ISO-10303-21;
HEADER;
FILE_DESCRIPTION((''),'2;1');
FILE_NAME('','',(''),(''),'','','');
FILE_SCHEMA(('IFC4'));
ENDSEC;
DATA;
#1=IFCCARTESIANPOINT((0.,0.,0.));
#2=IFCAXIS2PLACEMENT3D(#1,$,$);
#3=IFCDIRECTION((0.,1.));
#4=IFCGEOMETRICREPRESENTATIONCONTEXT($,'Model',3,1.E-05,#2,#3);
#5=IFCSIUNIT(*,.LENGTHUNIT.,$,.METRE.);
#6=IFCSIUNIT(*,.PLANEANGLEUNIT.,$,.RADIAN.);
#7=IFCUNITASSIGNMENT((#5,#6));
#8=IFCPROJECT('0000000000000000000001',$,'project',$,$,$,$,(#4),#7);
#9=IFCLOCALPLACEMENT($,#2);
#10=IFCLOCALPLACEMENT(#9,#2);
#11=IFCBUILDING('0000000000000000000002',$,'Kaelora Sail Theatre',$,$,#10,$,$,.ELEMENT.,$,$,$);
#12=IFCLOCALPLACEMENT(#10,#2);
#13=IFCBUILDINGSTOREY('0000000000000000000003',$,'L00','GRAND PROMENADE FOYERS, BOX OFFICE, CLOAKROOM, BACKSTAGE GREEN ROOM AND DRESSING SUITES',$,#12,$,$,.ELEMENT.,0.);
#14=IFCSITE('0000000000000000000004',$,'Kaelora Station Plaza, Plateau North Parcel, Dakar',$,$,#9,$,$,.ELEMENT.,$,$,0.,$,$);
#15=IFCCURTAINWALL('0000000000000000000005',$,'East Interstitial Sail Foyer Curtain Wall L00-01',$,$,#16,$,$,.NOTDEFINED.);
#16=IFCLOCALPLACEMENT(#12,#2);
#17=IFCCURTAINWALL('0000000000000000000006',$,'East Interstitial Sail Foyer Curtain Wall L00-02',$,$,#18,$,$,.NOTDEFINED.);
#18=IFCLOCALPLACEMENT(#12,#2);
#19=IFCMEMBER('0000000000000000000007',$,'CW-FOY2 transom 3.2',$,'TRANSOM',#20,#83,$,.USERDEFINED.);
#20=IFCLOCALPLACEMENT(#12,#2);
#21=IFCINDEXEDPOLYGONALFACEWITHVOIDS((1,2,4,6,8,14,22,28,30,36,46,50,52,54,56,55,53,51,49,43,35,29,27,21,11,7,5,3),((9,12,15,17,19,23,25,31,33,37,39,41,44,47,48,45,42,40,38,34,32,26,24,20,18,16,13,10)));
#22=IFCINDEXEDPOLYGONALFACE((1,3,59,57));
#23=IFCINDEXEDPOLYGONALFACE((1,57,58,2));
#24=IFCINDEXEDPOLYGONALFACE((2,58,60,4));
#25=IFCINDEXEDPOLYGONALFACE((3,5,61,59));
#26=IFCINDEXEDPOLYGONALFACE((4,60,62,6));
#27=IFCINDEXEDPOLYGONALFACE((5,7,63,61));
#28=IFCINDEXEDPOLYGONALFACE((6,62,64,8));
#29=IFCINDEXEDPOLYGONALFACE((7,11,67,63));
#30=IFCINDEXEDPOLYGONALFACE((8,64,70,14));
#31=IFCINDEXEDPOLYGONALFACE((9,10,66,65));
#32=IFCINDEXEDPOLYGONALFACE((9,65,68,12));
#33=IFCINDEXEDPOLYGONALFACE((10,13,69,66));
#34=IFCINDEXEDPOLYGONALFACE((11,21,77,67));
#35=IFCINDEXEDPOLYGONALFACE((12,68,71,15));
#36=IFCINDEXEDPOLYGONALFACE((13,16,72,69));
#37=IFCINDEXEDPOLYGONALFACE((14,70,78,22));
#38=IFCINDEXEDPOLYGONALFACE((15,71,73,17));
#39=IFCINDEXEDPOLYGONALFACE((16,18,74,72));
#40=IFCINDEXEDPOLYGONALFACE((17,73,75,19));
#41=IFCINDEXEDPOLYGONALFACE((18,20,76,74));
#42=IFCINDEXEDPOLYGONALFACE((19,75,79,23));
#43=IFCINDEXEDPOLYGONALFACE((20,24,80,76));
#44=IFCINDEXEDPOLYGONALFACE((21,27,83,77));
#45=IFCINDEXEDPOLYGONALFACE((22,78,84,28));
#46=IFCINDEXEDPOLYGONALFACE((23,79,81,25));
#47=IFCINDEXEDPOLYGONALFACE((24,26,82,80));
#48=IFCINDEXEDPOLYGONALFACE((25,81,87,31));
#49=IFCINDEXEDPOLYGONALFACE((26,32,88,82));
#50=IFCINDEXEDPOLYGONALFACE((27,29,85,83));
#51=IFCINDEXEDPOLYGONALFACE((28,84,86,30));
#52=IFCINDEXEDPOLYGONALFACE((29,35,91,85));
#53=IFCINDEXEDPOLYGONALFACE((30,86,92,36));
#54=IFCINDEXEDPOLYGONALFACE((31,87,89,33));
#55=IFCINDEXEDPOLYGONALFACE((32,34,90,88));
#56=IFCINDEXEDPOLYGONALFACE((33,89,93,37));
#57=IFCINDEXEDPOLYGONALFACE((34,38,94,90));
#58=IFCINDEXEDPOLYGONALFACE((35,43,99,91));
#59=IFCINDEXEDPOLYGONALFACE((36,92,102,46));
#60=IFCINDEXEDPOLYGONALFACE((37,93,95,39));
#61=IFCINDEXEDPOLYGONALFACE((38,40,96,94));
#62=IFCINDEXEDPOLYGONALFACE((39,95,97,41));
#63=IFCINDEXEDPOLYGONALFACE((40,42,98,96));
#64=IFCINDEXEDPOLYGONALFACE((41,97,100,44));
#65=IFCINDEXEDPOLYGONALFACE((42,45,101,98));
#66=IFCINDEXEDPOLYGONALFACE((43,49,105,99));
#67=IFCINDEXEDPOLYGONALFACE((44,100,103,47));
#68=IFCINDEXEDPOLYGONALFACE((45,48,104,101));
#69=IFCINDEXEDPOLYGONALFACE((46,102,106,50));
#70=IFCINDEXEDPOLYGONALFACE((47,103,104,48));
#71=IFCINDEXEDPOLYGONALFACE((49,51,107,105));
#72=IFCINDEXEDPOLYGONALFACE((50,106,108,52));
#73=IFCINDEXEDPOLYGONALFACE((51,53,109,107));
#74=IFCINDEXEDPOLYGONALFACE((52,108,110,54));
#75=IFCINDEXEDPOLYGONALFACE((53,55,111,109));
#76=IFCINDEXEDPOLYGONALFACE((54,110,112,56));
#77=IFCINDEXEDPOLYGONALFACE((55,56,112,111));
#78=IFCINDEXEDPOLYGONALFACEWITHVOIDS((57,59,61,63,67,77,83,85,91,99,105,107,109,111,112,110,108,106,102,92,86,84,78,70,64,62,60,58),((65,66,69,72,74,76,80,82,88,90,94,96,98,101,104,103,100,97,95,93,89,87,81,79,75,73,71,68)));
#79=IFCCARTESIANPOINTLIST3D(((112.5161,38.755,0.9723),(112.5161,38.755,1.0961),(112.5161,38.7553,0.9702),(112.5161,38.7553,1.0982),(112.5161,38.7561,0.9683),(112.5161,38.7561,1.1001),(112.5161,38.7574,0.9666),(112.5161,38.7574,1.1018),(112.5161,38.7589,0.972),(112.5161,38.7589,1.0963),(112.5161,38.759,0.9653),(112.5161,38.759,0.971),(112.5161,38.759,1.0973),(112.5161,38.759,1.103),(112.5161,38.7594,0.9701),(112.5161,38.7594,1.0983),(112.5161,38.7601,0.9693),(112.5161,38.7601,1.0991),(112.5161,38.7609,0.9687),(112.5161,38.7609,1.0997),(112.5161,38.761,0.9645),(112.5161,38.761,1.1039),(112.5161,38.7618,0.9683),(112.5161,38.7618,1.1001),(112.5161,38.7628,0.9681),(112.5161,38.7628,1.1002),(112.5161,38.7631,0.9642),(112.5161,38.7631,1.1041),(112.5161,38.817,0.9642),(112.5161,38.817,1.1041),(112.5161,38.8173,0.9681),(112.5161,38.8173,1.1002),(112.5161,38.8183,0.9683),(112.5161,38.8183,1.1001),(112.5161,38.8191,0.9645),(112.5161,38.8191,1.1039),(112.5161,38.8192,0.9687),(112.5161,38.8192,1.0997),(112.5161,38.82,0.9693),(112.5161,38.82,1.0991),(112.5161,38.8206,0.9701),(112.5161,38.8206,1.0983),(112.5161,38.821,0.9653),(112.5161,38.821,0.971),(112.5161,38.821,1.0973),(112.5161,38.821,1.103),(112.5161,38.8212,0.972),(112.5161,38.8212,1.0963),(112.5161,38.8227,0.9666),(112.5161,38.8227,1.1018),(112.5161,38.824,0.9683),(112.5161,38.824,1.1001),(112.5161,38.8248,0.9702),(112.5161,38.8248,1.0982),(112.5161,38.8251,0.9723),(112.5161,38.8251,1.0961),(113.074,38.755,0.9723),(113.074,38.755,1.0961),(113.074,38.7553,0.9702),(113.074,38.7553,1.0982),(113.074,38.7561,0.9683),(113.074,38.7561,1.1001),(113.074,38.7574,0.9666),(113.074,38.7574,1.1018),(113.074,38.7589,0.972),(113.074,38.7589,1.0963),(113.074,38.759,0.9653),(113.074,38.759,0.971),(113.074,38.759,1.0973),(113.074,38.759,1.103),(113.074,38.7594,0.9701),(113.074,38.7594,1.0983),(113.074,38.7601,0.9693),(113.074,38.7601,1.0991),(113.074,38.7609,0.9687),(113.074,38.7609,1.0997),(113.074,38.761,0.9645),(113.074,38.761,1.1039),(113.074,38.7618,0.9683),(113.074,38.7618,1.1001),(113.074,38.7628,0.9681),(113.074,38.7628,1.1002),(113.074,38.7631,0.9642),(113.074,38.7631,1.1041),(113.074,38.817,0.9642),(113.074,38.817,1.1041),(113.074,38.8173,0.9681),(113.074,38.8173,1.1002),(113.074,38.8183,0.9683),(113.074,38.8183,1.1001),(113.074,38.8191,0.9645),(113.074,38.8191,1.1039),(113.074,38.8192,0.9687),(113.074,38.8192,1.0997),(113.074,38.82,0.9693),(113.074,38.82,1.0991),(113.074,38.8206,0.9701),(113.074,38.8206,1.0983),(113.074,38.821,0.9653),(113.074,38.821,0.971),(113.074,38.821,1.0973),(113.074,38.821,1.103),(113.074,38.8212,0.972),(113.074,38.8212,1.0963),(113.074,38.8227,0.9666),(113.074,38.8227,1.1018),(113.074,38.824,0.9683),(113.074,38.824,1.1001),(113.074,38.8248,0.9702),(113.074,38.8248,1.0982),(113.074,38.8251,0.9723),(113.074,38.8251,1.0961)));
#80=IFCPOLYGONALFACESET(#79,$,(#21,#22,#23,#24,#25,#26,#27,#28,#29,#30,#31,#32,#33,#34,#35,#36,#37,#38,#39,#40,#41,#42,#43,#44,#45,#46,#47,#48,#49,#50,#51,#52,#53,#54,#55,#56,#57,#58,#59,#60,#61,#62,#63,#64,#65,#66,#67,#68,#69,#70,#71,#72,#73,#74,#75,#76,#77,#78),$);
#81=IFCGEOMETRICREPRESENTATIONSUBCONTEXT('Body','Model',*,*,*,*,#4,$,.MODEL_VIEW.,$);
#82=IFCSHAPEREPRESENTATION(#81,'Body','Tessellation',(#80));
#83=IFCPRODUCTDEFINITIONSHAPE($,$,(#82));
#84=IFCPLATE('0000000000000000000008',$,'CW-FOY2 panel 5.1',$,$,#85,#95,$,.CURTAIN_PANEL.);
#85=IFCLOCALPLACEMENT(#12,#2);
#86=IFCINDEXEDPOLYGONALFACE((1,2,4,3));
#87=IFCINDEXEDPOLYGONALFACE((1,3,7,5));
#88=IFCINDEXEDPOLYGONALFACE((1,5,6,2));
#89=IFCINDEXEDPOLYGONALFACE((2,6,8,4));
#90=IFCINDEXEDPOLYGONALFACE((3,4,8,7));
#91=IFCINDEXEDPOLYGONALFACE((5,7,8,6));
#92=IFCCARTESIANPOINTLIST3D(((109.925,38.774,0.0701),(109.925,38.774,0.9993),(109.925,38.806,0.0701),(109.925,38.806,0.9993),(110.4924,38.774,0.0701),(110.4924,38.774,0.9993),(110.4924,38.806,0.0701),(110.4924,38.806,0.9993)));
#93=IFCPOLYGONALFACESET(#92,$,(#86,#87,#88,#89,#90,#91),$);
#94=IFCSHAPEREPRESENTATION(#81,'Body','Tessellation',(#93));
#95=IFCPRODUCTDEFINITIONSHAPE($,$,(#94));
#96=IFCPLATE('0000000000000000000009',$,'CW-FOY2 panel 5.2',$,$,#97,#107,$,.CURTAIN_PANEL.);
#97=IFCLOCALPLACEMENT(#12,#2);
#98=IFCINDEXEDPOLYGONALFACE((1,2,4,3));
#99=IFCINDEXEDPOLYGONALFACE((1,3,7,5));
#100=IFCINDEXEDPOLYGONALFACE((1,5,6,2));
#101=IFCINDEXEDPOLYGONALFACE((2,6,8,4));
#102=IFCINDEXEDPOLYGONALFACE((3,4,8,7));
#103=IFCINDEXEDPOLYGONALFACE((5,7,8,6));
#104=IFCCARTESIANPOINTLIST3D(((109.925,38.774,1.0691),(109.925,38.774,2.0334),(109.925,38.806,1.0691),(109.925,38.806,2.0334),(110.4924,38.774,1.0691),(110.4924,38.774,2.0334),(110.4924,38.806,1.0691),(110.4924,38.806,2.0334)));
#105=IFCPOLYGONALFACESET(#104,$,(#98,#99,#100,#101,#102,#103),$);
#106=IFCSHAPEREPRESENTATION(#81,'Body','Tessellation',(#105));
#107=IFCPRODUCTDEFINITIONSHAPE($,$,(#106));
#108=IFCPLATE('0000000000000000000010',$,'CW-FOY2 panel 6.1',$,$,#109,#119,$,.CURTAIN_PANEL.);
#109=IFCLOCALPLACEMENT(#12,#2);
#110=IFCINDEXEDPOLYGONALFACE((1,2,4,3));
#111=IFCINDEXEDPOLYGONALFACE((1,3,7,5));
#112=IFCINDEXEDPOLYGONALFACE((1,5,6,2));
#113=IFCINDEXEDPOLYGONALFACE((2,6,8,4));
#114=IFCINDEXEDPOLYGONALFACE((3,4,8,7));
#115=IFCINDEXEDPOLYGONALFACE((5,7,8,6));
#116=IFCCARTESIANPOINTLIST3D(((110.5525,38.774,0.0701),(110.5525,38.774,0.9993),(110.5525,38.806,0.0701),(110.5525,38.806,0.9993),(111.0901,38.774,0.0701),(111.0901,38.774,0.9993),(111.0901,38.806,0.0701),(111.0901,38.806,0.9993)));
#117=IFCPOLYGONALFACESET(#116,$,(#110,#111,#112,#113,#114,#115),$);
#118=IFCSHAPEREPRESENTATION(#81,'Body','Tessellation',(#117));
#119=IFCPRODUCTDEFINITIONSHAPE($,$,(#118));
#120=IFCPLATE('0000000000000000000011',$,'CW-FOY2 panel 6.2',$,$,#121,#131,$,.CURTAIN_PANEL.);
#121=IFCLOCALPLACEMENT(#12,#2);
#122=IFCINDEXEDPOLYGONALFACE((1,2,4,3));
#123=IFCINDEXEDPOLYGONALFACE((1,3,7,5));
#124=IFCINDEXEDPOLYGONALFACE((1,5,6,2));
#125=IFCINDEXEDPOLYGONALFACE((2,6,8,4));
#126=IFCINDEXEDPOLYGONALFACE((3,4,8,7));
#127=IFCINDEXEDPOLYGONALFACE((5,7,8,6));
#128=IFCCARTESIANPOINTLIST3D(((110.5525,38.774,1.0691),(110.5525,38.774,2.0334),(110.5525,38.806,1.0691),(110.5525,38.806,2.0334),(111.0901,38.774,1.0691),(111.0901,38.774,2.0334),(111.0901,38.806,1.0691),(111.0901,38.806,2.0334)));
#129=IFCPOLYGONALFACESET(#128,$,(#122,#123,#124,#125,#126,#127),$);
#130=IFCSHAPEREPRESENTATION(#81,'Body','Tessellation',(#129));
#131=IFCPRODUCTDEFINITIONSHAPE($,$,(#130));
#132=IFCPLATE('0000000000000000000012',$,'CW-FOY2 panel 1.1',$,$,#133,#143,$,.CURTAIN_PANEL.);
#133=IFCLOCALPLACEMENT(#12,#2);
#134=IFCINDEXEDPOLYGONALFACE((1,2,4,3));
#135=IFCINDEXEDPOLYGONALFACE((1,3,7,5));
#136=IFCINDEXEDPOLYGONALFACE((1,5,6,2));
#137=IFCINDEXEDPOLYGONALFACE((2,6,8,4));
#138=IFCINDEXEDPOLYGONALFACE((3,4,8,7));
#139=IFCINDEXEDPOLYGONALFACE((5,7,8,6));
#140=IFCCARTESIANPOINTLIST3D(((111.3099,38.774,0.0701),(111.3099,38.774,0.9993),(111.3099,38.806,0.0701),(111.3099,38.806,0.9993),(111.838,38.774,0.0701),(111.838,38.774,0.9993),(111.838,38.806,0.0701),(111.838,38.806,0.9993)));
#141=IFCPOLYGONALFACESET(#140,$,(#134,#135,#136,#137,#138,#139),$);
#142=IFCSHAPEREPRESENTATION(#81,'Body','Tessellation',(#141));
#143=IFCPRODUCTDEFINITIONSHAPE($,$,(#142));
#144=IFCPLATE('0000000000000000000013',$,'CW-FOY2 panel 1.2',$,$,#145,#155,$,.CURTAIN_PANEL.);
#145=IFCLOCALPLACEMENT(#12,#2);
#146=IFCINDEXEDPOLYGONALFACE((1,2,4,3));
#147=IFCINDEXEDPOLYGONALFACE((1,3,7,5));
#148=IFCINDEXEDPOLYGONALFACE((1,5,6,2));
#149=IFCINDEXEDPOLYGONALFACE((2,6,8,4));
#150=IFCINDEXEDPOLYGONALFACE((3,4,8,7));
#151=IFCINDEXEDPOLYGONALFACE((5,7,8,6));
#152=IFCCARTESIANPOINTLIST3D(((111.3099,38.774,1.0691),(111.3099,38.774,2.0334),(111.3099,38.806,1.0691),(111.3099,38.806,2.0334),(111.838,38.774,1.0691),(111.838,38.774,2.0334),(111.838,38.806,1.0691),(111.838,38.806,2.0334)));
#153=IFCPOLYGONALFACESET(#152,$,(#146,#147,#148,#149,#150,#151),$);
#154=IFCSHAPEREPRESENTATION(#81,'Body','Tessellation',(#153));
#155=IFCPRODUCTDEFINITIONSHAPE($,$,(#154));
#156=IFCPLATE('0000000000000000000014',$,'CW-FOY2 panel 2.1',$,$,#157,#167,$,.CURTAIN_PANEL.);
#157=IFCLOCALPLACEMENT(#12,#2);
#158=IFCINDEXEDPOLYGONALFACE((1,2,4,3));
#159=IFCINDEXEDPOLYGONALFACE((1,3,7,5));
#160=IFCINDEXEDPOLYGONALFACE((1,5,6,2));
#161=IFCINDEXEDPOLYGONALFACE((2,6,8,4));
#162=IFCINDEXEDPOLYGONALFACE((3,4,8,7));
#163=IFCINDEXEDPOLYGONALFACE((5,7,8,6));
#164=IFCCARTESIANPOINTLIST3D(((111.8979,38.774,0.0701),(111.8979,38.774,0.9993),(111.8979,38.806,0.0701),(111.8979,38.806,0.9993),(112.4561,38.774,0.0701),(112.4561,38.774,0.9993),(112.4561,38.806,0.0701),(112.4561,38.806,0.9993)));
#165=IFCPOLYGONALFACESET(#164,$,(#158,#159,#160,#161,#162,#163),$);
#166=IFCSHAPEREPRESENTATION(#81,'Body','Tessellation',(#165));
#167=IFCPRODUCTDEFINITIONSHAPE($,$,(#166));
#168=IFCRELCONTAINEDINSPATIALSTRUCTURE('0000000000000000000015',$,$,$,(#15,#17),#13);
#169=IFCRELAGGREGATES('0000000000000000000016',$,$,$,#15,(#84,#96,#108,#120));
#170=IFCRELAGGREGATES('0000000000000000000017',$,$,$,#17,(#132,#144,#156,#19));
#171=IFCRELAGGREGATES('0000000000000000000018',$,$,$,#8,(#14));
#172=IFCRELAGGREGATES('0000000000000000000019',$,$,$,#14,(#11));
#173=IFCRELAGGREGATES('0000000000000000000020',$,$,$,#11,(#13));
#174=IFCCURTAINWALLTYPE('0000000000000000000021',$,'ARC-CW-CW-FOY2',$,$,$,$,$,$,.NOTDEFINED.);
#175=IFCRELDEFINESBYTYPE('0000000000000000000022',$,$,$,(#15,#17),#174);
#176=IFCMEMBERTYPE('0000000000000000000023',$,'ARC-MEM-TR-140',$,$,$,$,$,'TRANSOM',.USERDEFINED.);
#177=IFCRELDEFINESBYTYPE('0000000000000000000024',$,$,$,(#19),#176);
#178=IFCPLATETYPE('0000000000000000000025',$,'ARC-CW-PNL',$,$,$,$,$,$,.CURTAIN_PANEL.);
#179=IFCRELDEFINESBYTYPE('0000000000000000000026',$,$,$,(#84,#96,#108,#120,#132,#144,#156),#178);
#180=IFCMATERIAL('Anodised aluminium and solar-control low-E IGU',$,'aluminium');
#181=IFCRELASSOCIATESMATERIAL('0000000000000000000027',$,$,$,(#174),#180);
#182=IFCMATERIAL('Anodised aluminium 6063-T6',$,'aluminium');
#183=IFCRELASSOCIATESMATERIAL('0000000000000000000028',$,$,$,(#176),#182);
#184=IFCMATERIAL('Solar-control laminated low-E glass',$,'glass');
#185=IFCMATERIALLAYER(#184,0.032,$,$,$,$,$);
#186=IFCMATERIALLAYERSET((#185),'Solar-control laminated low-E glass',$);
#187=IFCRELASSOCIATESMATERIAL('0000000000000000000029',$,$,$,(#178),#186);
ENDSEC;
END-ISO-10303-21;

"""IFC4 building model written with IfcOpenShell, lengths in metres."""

from ifc_helpers import new_model, si_unit, direction, frame, origin, origin_2d, place, context, subcontext, project, spatial, rectangle, hollow_rectangle, extrude, material, layer, layer_set, material_profile, profile_set, type_object, element, aggregate, save


model = new_model("IFC4")

# Units and contexts
model_context = context("Model", 3, precision=1e-05, world=origin(), true_north=direction((0.0, 1.0)))
body_context = subcontext(model_context, "Body", "Model", "MODEL_VIEW")
ifc_project = project(units=[si_unit("LENGTHUNIT", "METRE"), si_unit("PLANEANGLEUNIT", "RADIAN")], contexts=[model_context])

# Site, building, storey
site_placement = place(None, origin())
site = spatial("IfcSite", under=ifc_project, at=site_placement, Name="Kaelora Station Plaza, Plateau North Parcel, Dakar", CompositionType="ELEMENT", RefElevation=0.0)
building_placement = place(site_placement, origin())
building = spatial("IfcBuilding", under=site, at=building_placement, Name="Kaelora Sail Theatre", CompositionType="ELEMENT")
storey_placement = place(building_placement, origin())
storey = spatial("IfcBuildingStorey", under=building, at=storey_placement, Name="L00", Description="GRAND PROMENADE FOYERS, BOX OFFICE, CLOAKROOM, BACKSTAGE GREEN ROOM AND DRESSING SUITES", CompositionType="ELEMENT", Elevation=0.0)

# Curtain walls
ifc_material_1 = material(Name="Anodised aluminium and solar-control low-E IGU", Category="aluminium")
curtain_wall_type = type_object("IfcCurtainWallType", Name="ARC-CW-CW-FOY2", PredefinedType="NOTDEFINED", material=ifc_material_1)
curtain_wall_1_placement = place(storey_placement, origin())
curtain_wall_1 = element("IfcCurtainWall", 1, at=curtain_wall_1_placement, inside=storey, type_object=curtain_wall_type, Name="East Interstitial Sail Foyer Curtain Wall L00-01", PredefinedType="NOTDEFINED")
curtain_wall_2_placement = place(storey_placement, origin())
curtain_wall_2 = element("IfcCurtainWall", 2, at=curtain_wall_2_placement, inside=storey, type_object=curtain_wall_type, Name="East Interstitial Sail Foyer Curtain Wall L00-02", PredefinedType="NOTDEFINED")

# Member
ifc_material_2 = material(Name="Anodised aluminium 6063-T6", Category="aluminium")
ifc_material_profile_1 = material_profile(ifc_material_2, hollow_rectangle(XDim=0.0701, YDim=0.1399, WallThickness=0.0039, InnerFilletRadius=0.0039, OuterFilletRadius=0.0081, at=origin_2d()), Name="ALU-TRAN 70x140x4")
ifc_profile_set_1 = profile_set([ifc_material_profile_1], Name="Anodised aluminium 6063-T6")
member_type_1 = type_object("IfcMemberType", Name="ARC-MEM-TR-140", ElementType="TRANSOM", PredefinedType="USERDEFINED", material=ifc_profile_set_1)
member_1_placement = place(storey_placement, frame((112.5161, 38.79, 1.0342), z_axis=(1.0, 0.0, 0.0), x_axis=(0.0, 1.0, 0.0)))
member_1 = element("IfcMember", 3, at=member_1_placement, type_object=member_type_1, Name="CW-FOY2 transom 3.2", ObjectType="TRANSOM", PredefinedType="USERDEFINED", context=body_context, shape_type="SweptSolid", body=[
    extrude(hollow_rectangle(XDim=0.0701, YDim=0.1399, WallThickness=0.0039, InnerFilletRadius=0.0039, OuterFilletRadius=0.0081, at=origin_2d()), origin(), (0.0, 0.0, 1.0), 0.5579),
])

# Plates
ifc_material_3 = material(Name="Solar-control laminated low-E glass", Category="glass")
ifc_layer = layer(ifc_material_3, 0.032)
ifc_layer_set = layer_set([ifc_layer], Name="Solar-control laminated low-E glass")
plate_type = type_object("IfcPlateType", Name="ARC-CW-PNL", PredefinedType="CURTAIN_PANEL", material=ifc_layer_set)
plate_1_placement = place(storey_placement, frame((110.2087, 38.79, 0.0701), z_axis=(0.0, 0.0, 1.0), x_axis=(1.0, 0.0, 0.0)))
plate_1 = element("IfcPlate", 4, at=plate_1_placement, type_object=plate_type, Name="CW-FOY2 panel 5.1", PredefinedType="CURTAIN_PANEL", context=body_context, shape_type="SweptSolid", body=[
    extrude(rectangle(XDim=0.5674, YDim=0.032, at=origin_2d()), origin(), (0.0, 0.0, 1.0), 0.9292),
])
plate_2_placement = place(storey_placement, frame((110.2087, 38.79, 1.0691), z_axis=(0.0, 0.0, 1.0), x_axis=(1.0, 0.0, 0.0)))
plate_2 = element("IfcPlate", 5, at=plate_2_placement, type_object=plate_type, Name="CW-FOY2 panel 5.2", PredefinedType="CURTAIN_PANEL", context=body_context, shape_type="SweptSolid", body=[
    extrude(rectangle(XDim=0.5674, YDim=0.032, at=origin_2d()), origin(), (0.0, 0.0, 1.0), 0.9644),
])
plate_3_placement = place(storey_placement, frame((110.8213, 38.79, 0.0701), z_axis=(0.0, 0.0, 1.0), x_axis=(1.0, 0.0, 0.0)))
plate_3 = element("IfcPlate", 6, at=plate_3_placement, type_object=plate_type, Name="CW-FOY2 panel 6.1", PredefinedType="CURTAIN_PANEL", context=body_context, shape_type="SweptSolid", body=[
    extrude(rectangle(XDim=0.5376, YDim=0.032, at=origin_2d()), origin(), (0.0, 0.0, 1.0), 0.9292),
])
plate_4_placement = place(storey_placement, frame((110.8213, 38.79, 1.0691), z_axis=(0.0, 0.0, 1.0), x_axis=(1.0, 0.0, 0.0)))
plate_4 = element("IfcPlate", 7, at=plate_4_placement, type_object=plate_type, Name="CW-FOY2 panel 6.2", PredefinedType="CURTAIN_PANEL", context=body_context, shape_type="SweptSolid", body=[
    extrude(rectangle(XDim=0.5376, YDim=0.032, at=origin_2d()), origin(), (0.0, 0.0, 1.0), 0.9644),
])
aggregate(curtain_wall_1, [plate_1, plate_2, plate_3, plate_4])
plate_5_placement = place(storey_placement, frame((111.574, 38.79, 0.0701), z_axis=(0.0, 0.0, 1.0), x_axis=(1.0, 0.0, 0.0)))
plate_5 = element("IfcPlate", 8, at=plate_5_placement, type_object=plate_type, Name="CW-FOY2 panel 1.1", PredefinedType="CURTAIN_PANEL", context=body_context, shape_type="SweptSolid", body=[
    extrude(rectangle(XDim=0.5281, YDim=0.032, at=origin_2d()), origin(), (0.0, 0.0, 1.0), 0.9292),
])
plate_6_placement = place(storey_placement, frame((111.574, 38.79, 1.0691), z_axis=(0.0, 0.0, 1.0), x_axis=(1.0, 0.0, 0.0)))
plate_6 = element("IfcPlate", 9, at=plate_6_placement, type_object=plate_type, Name="CW-FOY2 panel 1.2", PredefinedType="CURTAIN_PANEL", context=body_context, shape_type="SweptSolid", body=[
    extrude(rectangle(XDim=0.5281, YDim=0.032, at=origin_2d()), origin(), (0.0, 0.0, 1.0), 0.9644),
])
plate_7_placement = place(storey_placement, frame((112.177, 38.79, 0.0701), z_axis=(0.0, 0.0, 1.0), x_axis=(1.0, 0.0, 0.0)))
plate_7 = element("IfcPlate", 10, at=plate_7_placement, type_object=plate_type, Name="CW-FOY2 panel 2.1", PredefinedType="CURTAIN_PANEL", context=body_context, shape_type="SweptSolid", body=[
    extrude(rectangle(XDim=0.5581, YDim=0.032, at=origin_2d()), origin(), (0.0, 0.0, 1.0), 0.9292),
])
aggregate(curtain_wall_2, [plate_5, plate_6, plate_7, member_1])

save(model, "model.ifc")
